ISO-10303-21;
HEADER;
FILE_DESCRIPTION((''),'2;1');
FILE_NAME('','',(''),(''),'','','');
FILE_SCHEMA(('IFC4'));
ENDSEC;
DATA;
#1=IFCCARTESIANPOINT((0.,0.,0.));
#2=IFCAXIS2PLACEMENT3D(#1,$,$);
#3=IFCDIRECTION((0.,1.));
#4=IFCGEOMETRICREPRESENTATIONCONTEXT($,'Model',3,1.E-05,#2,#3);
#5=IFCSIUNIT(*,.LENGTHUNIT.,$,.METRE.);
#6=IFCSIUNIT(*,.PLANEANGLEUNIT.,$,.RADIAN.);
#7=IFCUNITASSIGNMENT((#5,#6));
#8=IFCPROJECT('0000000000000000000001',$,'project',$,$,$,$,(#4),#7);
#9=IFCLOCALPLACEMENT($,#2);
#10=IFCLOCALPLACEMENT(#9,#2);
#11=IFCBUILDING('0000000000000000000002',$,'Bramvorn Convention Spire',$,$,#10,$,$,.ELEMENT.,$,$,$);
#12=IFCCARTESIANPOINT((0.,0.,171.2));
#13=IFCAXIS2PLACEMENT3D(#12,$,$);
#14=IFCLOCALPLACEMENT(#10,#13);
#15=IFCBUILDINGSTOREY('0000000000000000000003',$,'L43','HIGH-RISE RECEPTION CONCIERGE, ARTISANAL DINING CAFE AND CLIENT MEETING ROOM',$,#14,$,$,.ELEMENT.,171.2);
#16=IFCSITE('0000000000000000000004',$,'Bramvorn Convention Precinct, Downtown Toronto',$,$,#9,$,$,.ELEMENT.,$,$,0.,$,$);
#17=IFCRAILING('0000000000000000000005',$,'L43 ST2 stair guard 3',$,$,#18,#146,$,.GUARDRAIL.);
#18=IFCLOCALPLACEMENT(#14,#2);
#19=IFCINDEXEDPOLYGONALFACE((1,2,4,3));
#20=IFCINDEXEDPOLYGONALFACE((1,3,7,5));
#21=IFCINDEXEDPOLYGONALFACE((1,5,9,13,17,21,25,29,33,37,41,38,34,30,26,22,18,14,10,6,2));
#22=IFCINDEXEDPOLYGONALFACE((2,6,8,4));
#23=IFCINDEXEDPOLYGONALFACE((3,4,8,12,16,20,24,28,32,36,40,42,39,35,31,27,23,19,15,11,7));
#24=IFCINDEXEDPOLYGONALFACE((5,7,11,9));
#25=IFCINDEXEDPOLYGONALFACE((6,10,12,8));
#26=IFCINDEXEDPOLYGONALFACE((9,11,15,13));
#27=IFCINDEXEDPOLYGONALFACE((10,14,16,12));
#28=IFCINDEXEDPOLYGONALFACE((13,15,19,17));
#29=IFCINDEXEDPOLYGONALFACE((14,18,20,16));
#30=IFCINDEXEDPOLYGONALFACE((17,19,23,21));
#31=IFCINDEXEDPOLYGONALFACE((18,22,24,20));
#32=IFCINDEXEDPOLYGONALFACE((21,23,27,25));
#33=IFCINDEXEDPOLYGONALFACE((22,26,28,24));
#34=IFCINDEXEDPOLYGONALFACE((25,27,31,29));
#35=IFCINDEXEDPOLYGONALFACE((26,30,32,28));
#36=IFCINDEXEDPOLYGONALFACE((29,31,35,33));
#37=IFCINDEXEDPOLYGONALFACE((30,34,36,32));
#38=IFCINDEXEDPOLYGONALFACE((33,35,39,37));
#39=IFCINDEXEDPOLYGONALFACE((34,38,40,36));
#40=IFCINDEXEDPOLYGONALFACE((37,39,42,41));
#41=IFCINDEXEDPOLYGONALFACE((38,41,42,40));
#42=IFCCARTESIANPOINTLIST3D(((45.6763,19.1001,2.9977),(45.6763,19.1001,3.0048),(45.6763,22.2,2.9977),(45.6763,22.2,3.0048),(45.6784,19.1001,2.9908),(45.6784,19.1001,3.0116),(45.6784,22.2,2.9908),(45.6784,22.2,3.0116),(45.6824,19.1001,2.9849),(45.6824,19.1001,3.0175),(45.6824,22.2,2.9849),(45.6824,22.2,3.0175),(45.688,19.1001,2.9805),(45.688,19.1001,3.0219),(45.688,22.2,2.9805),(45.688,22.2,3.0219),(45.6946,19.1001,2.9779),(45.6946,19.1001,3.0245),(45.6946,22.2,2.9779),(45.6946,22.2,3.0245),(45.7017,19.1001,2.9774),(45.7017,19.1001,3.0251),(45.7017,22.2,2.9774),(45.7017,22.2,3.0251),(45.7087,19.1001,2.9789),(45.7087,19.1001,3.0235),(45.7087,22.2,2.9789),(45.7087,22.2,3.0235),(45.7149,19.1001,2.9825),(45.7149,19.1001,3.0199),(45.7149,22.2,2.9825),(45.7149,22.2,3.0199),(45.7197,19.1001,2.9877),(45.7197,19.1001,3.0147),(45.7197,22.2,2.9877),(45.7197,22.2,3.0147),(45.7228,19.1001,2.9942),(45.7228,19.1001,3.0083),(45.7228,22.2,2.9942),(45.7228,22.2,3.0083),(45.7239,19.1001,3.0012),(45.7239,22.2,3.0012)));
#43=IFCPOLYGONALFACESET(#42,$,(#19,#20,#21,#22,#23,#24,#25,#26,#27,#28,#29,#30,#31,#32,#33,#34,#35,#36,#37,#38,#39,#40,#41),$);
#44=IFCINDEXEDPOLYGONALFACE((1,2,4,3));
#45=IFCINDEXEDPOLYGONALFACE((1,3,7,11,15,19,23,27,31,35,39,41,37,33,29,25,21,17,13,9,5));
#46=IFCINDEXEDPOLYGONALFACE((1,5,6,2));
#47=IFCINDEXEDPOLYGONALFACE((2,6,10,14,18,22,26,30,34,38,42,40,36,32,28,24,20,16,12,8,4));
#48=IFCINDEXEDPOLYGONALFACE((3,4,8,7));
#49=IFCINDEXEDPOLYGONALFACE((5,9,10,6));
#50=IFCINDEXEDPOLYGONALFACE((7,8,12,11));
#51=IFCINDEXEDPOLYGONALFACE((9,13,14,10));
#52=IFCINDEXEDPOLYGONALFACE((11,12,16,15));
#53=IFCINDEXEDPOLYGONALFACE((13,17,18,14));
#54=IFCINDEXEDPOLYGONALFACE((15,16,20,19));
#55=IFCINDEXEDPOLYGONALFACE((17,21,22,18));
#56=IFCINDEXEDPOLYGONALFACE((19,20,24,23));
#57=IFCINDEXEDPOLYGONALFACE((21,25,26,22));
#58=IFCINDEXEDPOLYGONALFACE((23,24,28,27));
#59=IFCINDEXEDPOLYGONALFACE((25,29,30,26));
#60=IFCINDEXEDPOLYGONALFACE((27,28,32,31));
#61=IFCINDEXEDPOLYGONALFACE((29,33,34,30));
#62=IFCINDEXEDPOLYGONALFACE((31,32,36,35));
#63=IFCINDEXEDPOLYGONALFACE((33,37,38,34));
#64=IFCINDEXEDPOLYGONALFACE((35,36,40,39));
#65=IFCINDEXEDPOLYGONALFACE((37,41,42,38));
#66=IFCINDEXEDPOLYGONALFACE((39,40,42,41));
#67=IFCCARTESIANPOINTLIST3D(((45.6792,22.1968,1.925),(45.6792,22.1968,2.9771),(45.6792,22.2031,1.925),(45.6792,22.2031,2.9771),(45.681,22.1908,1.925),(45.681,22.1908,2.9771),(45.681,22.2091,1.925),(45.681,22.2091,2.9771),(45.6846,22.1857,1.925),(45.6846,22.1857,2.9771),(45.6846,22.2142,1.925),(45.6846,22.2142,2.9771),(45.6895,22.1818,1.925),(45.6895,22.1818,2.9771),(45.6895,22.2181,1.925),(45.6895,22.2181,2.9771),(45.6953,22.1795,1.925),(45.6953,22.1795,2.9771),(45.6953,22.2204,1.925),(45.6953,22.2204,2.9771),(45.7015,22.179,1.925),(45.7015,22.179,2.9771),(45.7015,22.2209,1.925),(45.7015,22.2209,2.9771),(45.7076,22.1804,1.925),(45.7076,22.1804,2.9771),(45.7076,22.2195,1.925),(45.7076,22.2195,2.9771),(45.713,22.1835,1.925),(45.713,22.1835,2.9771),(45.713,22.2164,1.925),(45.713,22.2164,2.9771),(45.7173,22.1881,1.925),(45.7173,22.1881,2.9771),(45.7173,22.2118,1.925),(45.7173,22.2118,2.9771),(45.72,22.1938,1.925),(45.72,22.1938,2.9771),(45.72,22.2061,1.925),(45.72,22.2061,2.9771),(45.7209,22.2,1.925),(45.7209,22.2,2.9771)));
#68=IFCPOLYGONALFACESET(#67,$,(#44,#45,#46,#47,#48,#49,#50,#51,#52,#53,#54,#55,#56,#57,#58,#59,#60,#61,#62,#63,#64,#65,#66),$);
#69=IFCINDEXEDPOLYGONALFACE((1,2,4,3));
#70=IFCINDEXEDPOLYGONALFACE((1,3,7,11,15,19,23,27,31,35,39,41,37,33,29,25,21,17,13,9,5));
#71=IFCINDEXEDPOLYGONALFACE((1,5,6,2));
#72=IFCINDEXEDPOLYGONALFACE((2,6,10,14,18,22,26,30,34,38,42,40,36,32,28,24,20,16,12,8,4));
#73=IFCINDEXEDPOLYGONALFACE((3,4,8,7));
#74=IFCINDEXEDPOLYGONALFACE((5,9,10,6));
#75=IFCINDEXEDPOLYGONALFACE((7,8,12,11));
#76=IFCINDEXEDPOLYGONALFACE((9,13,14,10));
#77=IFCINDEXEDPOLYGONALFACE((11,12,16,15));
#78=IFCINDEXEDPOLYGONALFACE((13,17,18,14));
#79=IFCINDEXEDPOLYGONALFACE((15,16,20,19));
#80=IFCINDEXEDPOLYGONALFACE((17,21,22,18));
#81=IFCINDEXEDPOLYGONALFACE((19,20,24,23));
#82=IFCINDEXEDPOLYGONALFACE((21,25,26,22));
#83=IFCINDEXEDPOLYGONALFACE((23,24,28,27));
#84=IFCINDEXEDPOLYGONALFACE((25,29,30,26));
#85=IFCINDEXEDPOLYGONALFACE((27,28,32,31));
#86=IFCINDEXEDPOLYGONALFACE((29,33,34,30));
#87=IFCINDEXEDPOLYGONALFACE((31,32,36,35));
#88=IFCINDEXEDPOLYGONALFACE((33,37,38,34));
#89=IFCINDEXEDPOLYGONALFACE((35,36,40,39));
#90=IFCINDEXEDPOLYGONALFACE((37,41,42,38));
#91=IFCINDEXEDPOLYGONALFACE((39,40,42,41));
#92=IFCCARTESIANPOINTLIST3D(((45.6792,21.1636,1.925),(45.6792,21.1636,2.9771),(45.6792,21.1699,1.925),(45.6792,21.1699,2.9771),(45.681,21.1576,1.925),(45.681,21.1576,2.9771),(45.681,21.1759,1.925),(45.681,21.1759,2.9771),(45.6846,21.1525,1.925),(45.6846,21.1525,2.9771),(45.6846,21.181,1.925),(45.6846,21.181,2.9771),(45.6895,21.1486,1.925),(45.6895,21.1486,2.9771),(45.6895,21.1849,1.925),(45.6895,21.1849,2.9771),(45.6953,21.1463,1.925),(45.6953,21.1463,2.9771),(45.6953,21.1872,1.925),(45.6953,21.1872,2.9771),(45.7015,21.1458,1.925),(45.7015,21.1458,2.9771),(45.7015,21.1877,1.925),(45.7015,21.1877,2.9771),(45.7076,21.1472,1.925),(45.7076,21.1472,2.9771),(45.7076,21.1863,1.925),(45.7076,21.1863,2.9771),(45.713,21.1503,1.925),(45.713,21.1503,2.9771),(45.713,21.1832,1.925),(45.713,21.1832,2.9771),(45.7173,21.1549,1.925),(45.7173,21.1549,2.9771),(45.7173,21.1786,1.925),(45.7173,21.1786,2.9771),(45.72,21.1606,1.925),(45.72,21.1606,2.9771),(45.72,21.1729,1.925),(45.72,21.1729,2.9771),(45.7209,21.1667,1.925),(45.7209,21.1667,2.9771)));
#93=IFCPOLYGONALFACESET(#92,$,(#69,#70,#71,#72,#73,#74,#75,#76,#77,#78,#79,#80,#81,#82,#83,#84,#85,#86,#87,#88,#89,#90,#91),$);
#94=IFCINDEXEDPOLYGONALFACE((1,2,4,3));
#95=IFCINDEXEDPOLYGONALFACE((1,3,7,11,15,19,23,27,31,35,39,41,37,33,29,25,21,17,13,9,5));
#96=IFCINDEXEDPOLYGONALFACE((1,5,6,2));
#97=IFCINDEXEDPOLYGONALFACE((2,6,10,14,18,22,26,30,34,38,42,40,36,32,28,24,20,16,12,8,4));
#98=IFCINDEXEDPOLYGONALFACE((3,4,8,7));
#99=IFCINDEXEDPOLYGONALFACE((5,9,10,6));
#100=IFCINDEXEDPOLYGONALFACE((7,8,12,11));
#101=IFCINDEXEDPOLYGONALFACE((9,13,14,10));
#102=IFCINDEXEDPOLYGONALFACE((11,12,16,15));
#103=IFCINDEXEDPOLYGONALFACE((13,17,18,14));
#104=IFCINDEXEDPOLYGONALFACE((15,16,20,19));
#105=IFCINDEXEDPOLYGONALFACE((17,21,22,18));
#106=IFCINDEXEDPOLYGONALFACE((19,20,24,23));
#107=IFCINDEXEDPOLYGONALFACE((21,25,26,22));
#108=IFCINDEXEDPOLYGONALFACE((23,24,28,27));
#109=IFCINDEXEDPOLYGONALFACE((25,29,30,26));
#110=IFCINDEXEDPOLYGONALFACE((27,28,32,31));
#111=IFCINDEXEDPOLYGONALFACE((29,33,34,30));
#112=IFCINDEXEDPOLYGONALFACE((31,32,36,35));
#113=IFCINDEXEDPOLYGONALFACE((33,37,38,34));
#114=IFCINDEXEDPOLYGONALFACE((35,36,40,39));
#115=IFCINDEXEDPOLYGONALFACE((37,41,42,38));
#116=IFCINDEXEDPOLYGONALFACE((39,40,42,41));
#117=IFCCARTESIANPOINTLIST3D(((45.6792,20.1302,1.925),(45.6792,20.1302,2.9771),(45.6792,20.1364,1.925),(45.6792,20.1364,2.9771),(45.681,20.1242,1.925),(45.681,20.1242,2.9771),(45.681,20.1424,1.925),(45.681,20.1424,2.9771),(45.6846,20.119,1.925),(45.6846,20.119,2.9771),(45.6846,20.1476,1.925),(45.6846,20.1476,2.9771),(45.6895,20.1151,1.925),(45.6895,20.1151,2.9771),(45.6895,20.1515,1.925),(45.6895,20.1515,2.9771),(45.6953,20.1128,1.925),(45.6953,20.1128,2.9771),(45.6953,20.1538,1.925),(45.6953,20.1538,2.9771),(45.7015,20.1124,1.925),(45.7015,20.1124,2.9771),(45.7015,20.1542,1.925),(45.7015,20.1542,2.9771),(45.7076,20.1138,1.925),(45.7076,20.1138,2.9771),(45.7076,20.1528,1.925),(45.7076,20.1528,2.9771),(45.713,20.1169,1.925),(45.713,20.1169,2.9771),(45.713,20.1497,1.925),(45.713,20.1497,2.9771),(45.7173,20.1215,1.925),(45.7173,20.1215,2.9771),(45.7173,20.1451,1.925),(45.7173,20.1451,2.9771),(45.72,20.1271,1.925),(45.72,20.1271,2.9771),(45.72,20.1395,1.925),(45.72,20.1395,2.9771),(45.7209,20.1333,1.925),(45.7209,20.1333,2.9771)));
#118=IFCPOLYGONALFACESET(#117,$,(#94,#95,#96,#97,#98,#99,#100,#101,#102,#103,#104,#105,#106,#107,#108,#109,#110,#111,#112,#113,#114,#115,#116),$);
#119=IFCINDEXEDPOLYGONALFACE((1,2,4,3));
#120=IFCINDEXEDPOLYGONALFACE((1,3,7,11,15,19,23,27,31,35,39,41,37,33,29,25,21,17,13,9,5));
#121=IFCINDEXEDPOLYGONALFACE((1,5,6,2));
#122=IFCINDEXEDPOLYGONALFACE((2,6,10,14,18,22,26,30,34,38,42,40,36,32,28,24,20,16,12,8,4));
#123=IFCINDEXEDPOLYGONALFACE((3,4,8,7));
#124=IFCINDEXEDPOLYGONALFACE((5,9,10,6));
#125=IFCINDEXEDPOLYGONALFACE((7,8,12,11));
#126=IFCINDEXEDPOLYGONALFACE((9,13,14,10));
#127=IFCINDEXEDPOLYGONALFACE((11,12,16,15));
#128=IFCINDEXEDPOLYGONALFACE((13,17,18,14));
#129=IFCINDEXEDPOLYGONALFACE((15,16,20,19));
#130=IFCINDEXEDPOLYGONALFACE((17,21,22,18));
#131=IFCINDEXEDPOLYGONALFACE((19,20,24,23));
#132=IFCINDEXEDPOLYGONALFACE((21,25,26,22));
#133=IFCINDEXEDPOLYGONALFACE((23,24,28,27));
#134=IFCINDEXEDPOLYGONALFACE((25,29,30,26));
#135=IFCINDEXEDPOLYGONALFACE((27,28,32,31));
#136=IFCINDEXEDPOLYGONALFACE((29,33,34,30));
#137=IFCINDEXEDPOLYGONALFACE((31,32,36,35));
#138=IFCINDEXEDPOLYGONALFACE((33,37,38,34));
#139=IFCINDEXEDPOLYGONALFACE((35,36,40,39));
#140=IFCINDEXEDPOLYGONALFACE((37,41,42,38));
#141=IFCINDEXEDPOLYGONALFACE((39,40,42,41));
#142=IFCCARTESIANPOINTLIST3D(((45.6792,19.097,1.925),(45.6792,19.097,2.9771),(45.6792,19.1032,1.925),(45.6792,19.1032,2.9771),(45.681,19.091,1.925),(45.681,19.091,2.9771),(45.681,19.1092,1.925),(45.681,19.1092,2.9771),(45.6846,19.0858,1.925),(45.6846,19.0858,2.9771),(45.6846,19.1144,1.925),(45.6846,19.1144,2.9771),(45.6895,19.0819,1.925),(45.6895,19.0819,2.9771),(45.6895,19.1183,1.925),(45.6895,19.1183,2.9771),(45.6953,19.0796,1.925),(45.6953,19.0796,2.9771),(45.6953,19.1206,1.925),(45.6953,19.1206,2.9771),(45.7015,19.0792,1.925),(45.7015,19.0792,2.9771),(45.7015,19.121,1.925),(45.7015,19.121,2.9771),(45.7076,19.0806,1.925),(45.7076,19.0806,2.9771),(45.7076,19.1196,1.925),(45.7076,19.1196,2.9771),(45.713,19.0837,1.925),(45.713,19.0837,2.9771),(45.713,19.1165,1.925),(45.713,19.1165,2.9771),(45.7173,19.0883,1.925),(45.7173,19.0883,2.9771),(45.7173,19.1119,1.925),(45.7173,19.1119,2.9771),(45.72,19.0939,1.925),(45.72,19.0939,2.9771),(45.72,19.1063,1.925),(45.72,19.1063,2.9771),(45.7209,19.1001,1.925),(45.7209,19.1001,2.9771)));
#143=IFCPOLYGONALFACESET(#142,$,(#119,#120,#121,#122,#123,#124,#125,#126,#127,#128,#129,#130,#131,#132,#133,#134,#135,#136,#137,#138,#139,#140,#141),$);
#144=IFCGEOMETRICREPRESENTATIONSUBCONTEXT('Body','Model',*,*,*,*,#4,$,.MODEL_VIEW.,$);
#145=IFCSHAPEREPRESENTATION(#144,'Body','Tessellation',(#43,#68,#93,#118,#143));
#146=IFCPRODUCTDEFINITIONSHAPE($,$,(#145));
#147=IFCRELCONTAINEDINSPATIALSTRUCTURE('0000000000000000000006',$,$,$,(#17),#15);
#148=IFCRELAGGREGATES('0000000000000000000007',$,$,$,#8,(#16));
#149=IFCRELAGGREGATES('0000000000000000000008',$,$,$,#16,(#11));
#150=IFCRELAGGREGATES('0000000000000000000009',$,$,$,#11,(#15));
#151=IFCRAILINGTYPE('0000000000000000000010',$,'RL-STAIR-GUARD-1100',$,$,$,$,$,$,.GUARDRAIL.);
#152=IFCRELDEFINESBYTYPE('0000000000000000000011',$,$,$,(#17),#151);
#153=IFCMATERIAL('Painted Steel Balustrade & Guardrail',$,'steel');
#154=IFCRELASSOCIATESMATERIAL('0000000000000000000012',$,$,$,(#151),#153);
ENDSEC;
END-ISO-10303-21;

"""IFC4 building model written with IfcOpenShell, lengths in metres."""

from ifc_helpers import new_model, si_unit, direction, frame, origin, origin_2d, place, context, subcontext, project, spatial, circle, extrude, material, type_object, element, save


model = new_model("IFC4")

# Units and contexts
model_context = context("Model", 3, precision=1e-05, world=origin(), true_north=direction((0.0, 1.0)))
body_context = subcontext(model_context, "Body", "Model", "MODEL_VIEW")
ifc_project = project(units=[si_unit("LENGTHUNIT", "METRE"), si_unit("PLANEANGLEUNIT", "RADIAN")], contexts=[model_context])

# Site, building, storey
site_placement = place(None, origin())
site = spatial("IfcSite", under=ifc_project, at=site_placement, Name="Bramvorn Convention Precinct, Downtown Toronto", CompositionType="ELEMENT", RefElevation=0.0)
building_placement = place(site_placement, origin())
building = spatial("IfcBuilding", under=site, at=building_placement, Name="Bramvorn Convention Spire", CompositionType="ELEMENT")
storey_placement = place(building_placement, frame((0.0, 0.0, 171.2)))
storey = spatial("IfcBuildingStorey", under=building, at=storey_placement, Name="L43", Description="HIGH-RISE RECEPTION CONCIERGE, ARTISANAL DINING CAFE AND CLIENT MEETING ROOM", CompositionType="ELEMENT", Elevation=171.2)

# Railing
ifc_material_1 = material(Name="Painted Steel Balustrade & Guardrail", Category="steel")
railing_type_1 = type_object("IfcRailingType", Name="RL-STAIR-GUARD-1100", PredefinedType="GUARDRAIL", material=ifc_material_1)
railing_1_placement = place(storey_placement, frame((45.7, 22.2, 1.925)))
element("IfcRailing", 1, at=railing_1_placement, inside=storey, type_object=railing_type_1, Name="L43 ST2 stair guard 3", PredefinedType="GUARDRAIL", context=body_context, shape_type="SweptSolid", body=[
    extrude(circle(Radius=0.0239, at=origin_2d()), frame((0.0, 0.0, 1.0762), z_axis=(0.0, -1.0, 0.0), x_axis=(1.0, 0.0, 0.0)), (0.0, 0.0, 1.0), 3.0999),
    extrude(circle(Radius=0.021, at=origin_2d()), origin(), (0.0, 0.0, 1.0), 1.052),
    extrude(circle(Radius=0.021, at=origin_2d()), frame((0.0, -1.0332, 0.0)), (0.0, 0.0, 1.0), 1.052),
    extrude(circle(Radius=0.021, at=origin_2d()), frame((0.0, -2.0667, 0.0)), (0.0, 0.0, 1.0), 1.052),
    extrude(circle(Radius=0.021, at=origin_2d()), frame((0.0, -3.0999, 0.0)), (0.0, 0.0, 1.0), 1.052),
])

save(model, "model.ifc")
